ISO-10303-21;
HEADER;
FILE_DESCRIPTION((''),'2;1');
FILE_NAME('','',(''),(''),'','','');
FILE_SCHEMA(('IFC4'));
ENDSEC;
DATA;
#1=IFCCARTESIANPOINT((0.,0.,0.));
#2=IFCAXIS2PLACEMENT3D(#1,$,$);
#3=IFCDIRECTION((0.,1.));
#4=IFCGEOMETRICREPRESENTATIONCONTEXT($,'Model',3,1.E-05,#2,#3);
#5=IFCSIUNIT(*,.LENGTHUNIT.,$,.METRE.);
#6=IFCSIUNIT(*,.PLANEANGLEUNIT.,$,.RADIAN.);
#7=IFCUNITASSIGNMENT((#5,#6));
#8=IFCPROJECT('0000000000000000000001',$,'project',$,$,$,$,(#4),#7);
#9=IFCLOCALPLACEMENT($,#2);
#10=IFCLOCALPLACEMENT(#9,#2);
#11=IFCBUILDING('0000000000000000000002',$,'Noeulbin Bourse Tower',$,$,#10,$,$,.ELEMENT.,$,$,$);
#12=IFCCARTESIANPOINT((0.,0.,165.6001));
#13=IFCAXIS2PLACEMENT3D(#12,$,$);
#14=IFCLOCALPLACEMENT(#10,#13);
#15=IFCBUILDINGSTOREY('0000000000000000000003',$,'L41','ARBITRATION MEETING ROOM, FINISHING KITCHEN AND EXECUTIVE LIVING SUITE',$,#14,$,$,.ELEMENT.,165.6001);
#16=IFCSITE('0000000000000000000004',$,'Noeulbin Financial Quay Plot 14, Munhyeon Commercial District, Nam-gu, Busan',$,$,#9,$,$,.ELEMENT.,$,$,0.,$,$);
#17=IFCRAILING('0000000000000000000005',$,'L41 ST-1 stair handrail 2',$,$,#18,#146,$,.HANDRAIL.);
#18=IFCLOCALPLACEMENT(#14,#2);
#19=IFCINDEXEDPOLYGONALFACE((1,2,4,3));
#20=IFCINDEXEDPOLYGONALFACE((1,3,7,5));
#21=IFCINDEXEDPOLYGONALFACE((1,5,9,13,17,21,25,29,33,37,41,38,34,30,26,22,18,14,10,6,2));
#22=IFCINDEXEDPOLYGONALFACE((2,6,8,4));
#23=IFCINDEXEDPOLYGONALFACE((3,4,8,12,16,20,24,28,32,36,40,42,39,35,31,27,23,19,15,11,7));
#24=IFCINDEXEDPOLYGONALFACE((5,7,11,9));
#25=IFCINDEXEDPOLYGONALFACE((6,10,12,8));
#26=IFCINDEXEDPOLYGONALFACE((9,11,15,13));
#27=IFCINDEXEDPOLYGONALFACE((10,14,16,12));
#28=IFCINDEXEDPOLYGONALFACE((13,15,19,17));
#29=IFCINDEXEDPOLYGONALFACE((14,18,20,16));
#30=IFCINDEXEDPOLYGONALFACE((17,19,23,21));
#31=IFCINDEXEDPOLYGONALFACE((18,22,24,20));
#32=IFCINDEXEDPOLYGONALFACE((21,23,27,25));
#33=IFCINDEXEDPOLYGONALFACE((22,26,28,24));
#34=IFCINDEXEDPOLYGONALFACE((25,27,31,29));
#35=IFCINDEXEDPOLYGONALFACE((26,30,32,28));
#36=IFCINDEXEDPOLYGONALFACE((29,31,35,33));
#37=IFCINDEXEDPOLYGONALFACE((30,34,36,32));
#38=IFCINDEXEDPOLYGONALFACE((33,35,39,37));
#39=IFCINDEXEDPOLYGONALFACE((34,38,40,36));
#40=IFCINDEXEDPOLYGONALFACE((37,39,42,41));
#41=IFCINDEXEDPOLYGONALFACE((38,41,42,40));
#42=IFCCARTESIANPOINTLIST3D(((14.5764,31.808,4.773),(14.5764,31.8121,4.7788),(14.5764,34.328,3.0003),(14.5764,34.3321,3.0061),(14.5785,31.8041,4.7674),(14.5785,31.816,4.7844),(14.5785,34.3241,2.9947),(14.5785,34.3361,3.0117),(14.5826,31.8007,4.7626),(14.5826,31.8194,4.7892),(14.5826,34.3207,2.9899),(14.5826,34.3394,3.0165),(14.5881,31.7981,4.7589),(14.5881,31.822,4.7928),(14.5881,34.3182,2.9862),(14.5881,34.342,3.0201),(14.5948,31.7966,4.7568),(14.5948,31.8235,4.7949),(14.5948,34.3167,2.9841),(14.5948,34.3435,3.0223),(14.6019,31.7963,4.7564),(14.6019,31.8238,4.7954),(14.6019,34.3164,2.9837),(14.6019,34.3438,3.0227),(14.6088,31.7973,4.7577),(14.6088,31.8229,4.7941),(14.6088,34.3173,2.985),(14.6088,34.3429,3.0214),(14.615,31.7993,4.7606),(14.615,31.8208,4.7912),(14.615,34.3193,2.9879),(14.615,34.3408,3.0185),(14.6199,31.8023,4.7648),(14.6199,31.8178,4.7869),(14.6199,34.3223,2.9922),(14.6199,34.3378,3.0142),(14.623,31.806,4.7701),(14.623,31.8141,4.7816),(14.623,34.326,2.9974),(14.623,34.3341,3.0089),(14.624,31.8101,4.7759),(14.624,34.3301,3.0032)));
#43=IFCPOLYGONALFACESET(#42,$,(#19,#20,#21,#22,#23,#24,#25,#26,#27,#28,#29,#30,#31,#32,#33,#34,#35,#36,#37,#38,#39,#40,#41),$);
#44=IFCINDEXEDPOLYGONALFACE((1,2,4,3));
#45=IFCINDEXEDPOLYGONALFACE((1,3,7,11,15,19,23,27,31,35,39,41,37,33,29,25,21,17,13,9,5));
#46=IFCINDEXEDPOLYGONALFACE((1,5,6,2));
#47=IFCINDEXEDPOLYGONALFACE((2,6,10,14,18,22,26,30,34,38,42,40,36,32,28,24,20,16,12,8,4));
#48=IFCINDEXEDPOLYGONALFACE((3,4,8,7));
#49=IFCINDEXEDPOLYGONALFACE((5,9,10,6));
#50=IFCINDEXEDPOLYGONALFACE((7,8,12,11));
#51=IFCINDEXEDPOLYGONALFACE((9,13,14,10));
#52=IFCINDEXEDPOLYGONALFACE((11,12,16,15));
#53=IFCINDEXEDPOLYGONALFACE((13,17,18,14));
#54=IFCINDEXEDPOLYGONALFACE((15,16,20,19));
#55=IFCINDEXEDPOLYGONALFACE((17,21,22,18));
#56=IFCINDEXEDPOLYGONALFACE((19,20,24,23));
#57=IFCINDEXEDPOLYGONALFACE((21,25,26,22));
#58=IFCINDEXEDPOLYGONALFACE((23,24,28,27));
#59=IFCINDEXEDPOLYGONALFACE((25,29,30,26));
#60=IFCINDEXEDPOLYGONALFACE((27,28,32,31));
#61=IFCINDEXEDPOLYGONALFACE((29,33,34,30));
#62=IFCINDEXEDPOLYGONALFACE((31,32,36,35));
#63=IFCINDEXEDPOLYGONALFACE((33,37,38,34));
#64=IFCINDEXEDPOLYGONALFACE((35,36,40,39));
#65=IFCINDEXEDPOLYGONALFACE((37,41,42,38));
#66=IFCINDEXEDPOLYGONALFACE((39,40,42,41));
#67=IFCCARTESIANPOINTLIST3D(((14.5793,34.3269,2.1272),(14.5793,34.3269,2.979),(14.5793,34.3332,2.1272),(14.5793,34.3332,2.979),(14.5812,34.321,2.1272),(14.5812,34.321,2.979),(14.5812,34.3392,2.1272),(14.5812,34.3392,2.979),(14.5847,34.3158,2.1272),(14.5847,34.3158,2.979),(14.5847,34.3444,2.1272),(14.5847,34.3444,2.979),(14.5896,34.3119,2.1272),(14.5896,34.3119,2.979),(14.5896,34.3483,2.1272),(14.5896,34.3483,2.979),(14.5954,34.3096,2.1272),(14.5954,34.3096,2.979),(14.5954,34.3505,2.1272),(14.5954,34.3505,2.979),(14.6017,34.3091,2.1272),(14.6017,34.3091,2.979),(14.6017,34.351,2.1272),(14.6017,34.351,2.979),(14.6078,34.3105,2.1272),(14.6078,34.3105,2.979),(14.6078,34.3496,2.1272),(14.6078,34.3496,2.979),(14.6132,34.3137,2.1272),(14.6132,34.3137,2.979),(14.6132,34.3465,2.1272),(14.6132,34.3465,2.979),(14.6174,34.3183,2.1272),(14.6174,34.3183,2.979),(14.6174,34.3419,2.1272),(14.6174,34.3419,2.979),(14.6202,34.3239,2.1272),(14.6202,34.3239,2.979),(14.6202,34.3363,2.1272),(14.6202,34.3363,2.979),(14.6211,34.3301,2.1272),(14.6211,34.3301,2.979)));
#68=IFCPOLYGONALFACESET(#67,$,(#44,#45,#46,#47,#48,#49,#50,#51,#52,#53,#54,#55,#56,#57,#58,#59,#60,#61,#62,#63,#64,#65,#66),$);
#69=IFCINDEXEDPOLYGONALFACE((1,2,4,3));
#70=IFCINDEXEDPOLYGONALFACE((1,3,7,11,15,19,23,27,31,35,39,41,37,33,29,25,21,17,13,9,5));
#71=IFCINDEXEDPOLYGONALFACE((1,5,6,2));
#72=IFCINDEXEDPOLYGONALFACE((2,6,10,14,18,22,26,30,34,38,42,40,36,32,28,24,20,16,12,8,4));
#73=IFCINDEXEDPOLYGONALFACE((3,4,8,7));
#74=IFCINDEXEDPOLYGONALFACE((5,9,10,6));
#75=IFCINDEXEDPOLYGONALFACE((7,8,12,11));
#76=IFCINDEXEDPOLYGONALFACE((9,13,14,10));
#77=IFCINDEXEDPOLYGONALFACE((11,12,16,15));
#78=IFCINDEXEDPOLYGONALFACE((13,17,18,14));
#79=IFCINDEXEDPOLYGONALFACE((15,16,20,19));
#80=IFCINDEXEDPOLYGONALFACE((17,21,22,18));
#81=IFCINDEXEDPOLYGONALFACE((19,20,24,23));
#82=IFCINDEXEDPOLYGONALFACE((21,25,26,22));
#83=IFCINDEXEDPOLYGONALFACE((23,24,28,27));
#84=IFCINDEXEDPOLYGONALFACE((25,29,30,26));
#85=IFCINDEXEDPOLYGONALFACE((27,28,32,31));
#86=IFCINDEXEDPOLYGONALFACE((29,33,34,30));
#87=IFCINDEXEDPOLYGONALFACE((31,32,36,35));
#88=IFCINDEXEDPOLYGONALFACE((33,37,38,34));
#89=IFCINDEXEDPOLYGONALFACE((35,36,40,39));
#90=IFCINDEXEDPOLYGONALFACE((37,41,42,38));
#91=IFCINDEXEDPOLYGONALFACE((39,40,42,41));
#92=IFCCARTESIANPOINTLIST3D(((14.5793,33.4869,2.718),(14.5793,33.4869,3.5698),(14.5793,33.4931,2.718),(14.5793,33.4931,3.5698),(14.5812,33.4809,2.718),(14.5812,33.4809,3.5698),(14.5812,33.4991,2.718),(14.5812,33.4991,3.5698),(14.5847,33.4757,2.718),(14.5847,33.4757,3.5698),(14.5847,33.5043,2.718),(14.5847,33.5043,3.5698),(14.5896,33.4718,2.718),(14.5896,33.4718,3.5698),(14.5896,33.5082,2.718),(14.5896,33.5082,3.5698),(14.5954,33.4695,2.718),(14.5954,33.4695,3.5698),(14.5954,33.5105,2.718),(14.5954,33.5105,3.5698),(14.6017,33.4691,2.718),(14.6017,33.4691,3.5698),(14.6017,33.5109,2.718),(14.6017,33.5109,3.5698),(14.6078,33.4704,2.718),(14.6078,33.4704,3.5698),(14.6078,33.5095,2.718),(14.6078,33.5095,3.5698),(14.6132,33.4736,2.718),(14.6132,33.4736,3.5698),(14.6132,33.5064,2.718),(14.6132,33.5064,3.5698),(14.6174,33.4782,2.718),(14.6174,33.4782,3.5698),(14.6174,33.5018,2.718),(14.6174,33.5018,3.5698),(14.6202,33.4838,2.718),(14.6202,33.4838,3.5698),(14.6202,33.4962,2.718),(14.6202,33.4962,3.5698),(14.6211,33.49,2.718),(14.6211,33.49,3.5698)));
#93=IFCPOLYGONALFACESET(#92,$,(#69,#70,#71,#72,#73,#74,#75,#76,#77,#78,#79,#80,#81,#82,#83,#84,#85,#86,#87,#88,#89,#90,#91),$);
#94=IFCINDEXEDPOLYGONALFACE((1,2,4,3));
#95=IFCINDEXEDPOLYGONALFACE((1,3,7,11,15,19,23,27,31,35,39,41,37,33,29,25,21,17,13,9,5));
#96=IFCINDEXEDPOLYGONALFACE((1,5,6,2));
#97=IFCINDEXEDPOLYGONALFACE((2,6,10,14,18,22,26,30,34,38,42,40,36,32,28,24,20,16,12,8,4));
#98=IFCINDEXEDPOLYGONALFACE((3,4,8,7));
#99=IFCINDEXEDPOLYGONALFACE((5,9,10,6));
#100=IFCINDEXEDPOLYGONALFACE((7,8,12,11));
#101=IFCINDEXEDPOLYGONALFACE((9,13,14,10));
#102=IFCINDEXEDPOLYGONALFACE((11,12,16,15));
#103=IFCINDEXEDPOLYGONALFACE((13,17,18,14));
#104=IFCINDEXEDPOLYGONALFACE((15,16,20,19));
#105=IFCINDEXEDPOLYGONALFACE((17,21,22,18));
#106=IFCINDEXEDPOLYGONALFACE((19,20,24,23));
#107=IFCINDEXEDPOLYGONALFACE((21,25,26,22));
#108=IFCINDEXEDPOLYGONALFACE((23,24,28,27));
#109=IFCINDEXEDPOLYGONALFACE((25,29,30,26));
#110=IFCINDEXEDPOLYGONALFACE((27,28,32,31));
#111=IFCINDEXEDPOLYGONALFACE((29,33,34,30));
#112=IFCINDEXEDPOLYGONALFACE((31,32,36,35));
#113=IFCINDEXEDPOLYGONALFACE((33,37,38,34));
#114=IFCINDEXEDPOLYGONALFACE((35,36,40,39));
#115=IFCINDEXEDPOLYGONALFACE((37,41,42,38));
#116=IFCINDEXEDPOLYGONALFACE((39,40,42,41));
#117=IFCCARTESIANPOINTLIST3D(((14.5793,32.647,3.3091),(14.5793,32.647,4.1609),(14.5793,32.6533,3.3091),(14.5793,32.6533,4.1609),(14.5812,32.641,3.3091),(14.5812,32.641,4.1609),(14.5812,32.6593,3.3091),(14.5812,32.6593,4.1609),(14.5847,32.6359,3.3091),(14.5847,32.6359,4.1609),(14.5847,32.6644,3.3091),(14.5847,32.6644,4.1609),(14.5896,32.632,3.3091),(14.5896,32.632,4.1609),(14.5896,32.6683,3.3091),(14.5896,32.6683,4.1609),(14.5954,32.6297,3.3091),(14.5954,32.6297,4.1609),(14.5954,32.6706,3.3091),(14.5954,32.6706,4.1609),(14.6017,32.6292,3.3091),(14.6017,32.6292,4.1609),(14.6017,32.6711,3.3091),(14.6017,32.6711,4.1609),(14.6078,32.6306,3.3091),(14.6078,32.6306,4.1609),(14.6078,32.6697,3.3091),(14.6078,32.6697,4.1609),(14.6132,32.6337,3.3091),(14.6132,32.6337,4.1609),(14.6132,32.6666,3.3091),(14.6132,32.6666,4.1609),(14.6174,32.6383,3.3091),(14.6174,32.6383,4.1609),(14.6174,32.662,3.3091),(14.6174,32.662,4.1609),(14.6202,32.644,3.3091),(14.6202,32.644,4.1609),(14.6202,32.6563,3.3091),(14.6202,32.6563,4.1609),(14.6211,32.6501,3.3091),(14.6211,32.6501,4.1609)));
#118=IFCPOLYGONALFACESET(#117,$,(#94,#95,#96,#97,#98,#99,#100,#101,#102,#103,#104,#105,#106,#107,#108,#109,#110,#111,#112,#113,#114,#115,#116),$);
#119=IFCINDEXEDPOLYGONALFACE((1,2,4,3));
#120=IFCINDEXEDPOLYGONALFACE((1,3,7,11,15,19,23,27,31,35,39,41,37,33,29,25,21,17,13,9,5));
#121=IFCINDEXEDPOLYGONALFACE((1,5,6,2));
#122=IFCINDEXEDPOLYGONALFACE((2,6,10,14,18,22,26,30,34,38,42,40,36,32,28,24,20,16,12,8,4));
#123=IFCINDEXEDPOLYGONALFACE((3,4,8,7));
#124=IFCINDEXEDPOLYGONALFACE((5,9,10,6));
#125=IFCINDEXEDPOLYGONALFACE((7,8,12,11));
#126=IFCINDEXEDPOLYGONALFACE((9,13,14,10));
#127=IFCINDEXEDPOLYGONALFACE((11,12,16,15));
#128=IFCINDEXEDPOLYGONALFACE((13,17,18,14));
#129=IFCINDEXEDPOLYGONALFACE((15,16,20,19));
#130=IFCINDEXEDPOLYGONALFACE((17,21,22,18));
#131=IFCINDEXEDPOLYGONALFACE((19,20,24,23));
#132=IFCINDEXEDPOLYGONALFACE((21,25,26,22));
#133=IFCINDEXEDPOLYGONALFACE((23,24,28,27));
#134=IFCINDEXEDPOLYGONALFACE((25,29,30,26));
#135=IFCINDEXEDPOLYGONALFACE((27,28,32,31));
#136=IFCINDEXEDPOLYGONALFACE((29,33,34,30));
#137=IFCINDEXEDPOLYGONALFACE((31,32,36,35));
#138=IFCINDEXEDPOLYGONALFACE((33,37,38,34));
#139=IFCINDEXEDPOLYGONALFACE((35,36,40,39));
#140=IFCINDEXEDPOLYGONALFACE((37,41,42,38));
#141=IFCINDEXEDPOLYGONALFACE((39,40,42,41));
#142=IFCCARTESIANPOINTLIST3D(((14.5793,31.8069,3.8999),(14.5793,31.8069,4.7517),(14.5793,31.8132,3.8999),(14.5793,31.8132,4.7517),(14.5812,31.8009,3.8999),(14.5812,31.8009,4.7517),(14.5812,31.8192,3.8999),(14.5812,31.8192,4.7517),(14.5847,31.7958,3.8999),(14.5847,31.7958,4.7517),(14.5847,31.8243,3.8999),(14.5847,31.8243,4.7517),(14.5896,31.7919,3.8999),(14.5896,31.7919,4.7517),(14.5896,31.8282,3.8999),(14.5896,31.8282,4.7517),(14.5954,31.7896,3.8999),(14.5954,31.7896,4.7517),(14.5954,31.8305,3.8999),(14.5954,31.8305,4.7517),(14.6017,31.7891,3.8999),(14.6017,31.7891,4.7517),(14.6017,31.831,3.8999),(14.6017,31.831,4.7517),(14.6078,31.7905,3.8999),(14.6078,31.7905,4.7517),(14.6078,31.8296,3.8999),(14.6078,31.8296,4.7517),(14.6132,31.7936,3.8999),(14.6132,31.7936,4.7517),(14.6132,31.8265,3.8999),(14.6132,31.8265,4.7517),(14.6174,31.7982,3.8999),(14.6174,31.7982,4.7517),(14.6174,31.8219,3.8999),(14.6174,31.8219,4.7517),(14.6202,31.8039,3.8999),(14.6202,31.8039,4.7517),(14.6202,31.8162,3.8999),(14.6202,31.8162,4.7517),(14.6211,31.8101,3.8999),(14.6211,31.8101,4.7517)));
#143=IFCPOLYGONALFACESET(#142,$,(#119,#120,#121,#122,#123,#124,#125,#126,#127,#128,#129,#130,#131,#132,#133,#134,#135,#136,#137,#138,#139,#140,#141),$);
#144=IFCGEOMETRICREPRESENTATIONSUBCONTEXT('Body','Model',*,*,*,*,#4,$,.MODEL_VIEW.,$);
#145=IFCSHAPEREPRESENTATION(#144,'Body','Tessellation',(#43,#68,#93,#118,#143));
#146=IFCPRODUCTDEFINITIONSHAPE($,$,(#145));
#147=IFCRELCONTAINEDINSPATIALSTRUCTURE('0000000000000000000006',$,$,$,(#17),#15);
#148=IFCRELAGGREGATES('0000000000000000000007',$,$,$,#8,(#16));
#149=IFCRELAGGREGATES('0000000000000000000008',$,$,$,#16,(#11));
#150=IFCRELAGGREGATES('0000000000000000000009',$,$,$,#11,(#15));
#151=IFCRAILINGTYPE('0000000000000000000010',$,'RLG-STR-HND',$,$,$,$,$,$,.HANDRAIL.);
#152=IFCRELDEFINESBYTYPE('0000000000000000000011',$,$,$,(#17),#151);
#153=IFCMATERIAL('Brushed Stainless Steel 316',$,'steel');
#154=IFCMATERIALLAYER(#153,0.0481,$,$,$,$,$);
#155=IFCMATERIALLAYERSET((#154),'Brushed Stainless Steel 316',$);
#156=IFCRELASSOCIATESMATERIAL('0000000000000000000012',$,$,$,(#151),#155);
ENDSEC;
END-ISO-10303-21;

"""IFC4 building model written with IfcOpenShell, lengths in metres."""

from ifc_helpers import new_model, si_unit, direction, frame, origin, origin_2d, place, context, subcontext, project, spatial, circle, extrude, material, layer, layer_set, type_object, element, save


model = new_model("IFC4")

# Units and contexts
model_context = context("Model", 3, precision=1e-05, world=origin(), true_north=direction((0.0, 1.0)))
body_context = subcontext(model_context, "Body", "Model", "MODEL_VIEW")
ifc_project = project(units=[si_unit("LENGTHUNIT", "METRE"), si_unit("PLANEANGLEUNIT", "RADIAN")], contexts=[model_context])

# Site, building, storey
site_placement = place(None, origin())
site = spatial("IfcSite", under=ifc_project, at=site_placement, Name="Noeulbin Financial Quay Plot 14, Munhyeon Commercial District, Nam-gu, Busan", CompositionType="ELEMENT", RefElevation=0.0)
building_placement = place(site_placement, origin())
building = spatial("IfcBuilding", under=site, at=building_placement, Name="Noeulbin Bourse Tower", CompositionType="ELEMENT")
storey_placement = place(building_placement, frame((0.0, 0.0, 165.6001)))
storey = spatial("IfcBuildingStorey", under=building, at=storey_placement, Name="L41", Description="ARBITRATION MEETING ROOM, FINISHING KITCHEN AND EXECUTIVE LIVING SUITE", CompositionType="ELEMENT", Elevation=165.6001)

# Shared definitions
ifc_material_1 = material(Name="Brushed Stainless Steel 316", Category="steel")

# Railing
ifc_layer_1 = layer(ifc_material_1, 0.0481)
ifc_layer_set_1 = layer_set([ifc_layer_1], Name="Brushed Stainless Steel 316")
railing_type_1 = type_object("IfcRailingType", Name="RLG-STR-HND", PredefinedType="HANDRAIL", material=ifc_layer_set_1)
railing_1_placement = place(storey_placement, frame((14.6001, 34.3301, 2.1272)))
element("IfcRailing", 1, at=railing_1_placement, inside=storey, type_object=railing_type_1, Name="L41 ST-1 stair handrail 2", PredefinedType="HANDRAIL", context=body_context, shape_type="SweptSolid", body=[
    extrude(circle(Radius=0.0239, at=origin_2d()), frame((0.0, 0.0, 0.876), z_axis=(0.0, -0.817904, 0.575354), x_axis=(1.0, 0.0, 0.0)), (0.0, 0.0, 1.0), 3.0811),
    extrude(circle(Radius=0.021, at=origin_2d()), origin(), (0.0, 0.0, 1.0), 0.8518),
    extrude(circle(Radius=0.021, at=origin_2d()), frame((0.0, -0.8401, 0.5908)), (0.0, 0.0, 1.0), 0.8518),
    extrude(circle(Radius=0.021, at=origin_2d()), frame((0.0, -1.6799, 1.1819)), (0.0, 0.0, 1.0), 0.8518),
    extrude(circle(Radius=0.021, at=origin_2d()), frame((0.0, -2.52, 1.7727)), (0.0, 0.0, 1.0), 0.8518),
])

save(model, "model.ifc")
